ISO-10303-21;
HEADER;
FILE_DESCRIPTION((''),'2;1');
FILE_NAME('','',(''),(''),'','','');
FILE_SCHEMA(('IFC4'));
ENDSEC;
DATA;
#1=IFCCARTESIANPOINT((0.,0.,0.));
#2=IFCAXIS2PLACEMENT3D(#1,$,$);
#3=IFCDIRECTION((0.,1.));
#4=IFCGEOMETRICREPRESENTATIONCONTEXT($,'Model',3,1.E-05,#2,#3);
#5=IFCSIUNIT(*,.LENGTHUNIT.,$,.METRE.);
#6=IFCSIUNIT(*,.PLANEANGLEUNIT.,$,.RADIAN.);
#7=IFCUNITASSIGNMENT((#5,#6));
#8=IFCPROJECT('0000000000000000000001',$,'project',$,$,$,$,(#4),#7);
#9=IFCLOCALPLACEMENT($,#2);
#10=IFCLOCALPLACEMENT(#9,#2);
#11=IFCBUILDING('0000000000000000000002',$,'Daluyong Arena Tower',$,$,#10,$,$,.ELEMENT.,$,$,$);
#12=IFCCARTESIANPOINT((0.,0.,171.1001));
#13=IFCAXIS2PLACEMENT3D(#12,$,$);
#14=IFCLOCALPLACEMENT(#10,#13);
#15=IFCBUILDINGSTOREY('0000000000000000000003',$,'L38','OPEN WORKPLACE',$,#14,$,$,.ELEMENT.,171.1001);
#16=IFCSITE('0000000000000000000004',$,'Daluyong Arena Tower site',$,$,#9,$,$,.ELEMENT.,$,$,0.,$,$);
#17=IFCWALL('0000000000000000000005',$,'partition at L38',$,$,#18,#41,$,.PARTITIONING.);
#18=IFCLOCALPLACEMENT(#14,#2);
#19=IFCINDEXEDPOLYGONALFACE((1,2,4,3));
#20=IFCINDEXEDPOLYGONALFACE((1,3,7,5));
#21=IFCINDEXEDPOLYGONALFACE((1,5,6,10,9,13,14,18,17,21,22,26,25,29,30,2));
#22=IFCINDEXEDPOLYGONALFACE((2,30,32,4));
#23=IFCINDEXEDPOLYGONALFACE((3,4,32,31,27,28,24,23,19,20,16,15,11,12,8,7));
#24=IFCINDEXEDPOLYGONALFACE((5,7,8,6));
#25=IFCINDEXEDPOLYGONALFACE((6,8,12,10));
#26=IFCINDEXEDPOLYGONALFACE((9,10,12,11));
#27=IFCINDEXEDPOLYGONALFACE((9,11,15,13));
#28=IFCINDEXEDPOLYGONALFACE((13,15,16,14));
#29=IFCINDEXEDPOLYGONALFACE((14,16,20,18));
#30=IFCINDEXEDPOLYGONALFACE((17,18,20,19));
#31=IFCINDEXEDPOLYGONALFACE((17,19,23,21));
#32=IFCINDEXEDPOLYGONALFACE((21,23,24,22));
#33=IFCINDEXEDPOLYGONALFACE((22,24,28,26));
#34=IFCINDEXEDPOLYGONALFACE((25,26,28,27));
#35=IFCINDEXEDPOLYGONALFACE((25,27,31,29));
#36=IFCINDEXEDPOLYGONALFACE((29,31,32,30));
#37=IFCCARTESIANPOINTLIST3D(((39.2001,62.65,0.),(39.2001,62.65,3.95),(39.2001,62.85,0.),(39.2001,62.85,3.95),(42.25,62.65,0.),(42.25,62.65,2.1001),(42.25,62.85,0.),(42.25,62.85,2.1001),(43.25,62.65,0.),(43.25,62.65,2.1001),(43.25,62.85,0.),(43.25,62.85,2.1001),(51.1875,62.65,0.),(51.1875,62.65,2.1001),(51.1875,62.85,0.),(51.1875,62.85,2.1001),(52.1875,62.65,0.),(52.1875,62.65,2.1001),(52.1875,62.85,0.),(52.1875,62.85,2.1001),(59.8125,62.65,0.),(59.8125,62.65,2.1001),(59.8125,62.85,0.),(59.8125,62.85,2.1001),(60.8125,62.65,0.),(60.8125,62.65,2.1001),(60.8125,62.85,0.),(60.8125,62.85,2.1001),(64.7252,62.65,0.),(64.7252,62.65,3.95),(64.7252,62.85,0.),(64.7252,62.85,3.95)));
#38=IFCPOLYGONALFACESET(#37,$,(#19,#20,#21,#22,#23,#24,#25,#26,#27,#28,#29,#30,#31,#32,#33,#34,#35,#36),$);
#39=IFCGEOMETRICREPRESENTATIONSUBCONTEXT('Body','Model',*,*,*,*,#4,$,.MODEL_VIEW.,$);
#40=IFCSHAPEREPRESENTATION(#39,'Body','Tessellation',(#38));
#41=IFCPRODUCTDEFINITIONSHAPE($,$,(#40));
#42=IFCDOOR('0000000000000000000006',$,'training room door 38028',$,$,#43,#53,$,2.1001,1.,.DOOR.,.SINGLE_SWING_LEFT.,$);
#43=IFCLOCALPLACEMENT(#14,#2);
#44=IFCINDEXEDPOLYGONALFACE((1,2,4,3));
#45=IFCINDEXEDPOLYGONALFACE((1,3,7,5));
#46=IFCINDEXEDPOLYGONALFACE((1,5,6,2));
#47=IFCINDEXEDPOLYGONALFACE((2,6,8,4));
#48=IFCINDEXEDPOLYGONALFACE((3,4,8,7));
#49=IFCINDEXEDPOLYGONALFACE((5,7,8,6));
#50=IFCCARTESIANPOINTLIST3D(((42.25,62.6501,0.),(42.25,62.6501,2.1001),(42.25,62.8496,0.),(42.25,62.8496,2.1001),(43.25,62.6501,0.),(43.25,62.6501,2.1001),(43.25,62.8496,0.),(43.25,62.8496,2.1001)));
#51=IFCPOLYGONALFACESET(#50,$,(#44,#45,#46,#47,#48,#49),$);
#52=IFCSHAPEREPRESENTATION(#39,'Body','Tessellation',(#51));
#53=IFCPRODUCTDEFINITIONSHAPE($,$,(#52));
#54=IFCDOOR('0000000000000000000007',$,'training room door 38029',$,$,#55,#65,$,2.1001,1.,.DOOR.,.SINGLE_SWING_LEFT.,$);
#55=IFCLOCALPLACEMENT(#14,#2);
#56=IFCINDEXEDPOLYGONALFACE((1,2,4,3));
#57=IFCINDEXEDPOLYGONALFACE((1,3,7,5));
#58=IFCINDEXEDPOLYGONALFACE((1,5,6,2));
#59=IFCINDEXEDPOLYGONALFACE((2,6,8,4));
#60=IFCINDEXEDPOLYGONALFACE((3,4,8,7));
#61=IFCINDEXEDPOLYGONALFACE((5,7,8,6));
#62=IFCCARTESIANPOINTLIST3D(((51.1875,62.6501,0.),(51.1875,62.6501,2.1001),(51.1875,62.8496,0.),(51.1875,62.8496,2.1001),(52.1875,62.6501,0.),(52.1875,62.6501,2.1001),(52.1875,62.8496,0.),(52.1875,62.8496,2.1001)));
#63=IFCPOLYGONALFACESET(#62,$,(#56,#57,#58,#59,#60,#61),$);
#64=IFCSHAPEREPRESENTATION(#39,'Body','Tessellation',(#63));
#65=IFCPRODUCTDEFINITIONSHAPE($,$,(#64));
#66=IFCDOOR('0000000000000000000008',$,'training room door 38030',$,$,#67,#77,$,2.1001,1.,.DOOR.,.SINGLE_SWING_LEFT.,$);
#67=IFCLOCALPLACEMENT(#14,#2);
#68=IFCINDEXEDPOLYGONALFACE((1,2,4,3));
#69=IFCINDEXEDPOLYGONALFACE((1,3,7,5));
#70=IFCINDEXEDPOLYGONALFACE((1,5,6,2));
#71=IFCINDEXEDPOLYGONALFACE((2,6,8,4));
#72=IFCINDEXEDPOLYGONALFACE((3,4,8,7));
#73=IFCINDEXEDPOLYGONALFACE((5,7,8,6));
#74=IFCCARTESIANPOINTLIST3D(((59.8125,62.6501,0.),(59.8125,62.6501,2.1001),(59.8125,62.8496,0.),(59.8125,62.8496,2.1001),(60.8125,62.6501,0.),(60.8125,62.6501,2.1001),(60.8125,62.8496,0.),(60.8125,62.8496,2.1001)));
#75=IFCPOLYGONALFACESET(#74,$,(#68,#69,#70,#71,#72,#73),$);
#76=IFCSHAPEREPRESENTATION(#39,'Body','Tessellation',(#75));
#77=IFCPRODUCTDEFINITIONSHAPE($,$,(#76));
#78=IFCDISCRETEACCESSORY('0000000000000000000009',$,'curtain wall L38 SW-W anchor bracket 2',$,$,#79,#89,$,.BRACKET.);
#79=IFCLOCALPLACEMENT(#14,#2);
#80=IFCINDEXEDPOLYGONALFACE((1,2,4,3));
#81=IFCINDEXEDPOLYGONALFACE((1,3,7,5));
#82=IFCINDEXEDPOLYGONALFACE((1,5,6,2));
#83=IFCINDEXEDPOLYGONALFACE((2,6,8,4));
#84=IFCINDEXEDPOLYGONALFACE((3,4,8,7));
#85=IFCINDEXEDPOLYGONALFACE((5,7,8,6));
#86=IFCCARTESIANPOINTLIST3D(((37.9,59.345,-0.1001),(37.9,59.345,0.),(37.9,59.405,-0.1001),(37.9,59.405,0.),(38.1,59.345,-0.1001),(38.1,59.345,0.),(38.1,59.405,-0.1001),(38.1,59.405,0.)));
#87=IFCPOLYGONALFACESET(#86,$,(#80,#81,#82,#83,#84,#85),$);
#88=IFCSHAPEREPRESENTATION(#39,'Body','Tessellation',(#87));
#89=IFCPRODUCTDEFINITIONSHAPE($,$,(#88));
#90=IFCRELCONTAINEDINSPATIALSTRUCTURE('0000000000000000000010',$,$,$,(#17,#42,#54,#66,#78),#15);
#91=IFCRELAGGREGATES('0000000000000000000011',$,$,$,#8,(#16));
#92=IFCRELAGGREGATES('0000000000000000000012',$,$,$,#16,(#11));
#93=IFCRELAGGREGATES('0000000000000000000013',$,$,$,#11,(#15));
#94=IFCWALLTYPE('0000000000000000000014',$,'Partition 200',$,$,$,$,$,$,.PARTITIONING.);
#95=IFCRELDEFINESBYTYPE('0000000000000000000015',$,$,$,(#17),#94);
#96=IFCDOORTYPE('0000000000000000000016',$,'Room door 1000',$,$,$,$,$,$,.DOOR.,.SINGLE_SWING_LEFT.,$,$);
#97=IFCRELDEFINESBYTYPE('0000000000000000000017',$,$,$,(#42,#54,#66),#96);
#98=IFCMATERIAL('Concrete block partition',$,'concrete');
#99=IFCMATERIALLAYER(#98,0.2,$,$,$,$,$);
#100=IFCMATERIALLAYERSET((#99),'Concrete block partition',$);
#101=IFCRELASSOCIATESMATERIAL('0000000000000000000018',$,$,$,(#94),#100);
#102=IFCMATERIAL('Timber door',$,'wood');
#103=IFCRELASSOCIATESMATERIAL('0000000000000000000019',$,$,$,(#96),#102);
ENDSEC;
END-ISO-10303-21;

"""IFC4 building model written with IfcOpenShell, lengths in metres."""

from ifc_helpers import new_model, si_unit, direction, frame, frame_2d, origin, origin_2d, place, context, subcontext, project, spatial, rectangle, extrude, material, layer, layer_set, type_object, element, fill, save


model = new_model("IFC4")

# Units and contexts
model_context = context("Model", 3, precision=1e-05, world=origin(), true_north=direction((0.0, 1.0)))
body_context = subcontext(model_context, "Body", "Model", "MODEL_VIEW")
ifc_project = project(units=[si_unit("LENGTHUNIT", "METRE"), si_unit("PLANEANGLEUNIT", "RADIAN")], contexts=[model_context])

# Site, building, storey
site_placement = place(None, origin())
site = spatial("IfcSite", under=ifc_project, at=site_placement, Name="Daluyong Arena Tower site", CompositionType="ELEMENT", RefElevation=0.0)
building_placement = place(site_placement, origin())
building = spatial("IfcBuilding", under=site, at=building_placement, Name="Daluyong Arena Tower", CompositionType="ELEMENT")
storey_placement = place(building_placement, frame((0.0, 0.0, 171.1001)))
storey = spatial("IfcBuildingStorey", under=building, at=storey_placement, Name="L38", Description="OPEN WORKPLACE", CompositionType="ELEMENT", Elevation=171.1001)

# Shared definitions
ifc_material_1 = material(Name="Concrete block partition", Category="concrete")
ifc_layer_1 = layer(ifc_material_1, 0.2)
ifc_layer_set_1 = layer_set([ifc_layer_1], Name="Concrete block partition")
wall_type_1 = type_object("IfcWallType", Name="Partition 200", PredefinedType="PARTITIONING", material=ifc_layer_set_1)

# Wall, openings, doors
wall_1_placement = place(storey_placement, frame((39.2, 62.75, 0.0), z_axis=(0.0, 0.0, 1.0), x_axis=(1.0, 0.0, 0.0)))
wall_1 = element("IfcWall", 1, at=wall_1_placement, inside=storey, type_object=wall_type_1, Name="partition at L38", PredefinedType="PARTITIONING", context=body_context, shape_type="SweptSolid", body=[
    extrude(rectangle(XDim=25.5251, YDim=0.2, at=frame_2d((12.7627, 0.0))), origin(), (0.0, 0.0, 1.0), 3.95),
])
opening_1_placement = place(wall_1_placement, frame((3.05, 0.0, 0.0)))
opening_1 = element("IfcOpeningElement", 2, at=opening_1_placement, cuts=wall_1, PredefinedType="OPENING", context=body_context, shape_type="SweptSolid", body=[
    extrude(rectangle(XDim=1.0, YDim=2.1001, at=frame_2d((0.5, 1.05))), frame((0.0, 0.1099, 0.0), z_axis=(0.0, -1.0, 0.0), x_axis=(1.0, 0.0, 0.0)), (0.0, 0.0, 1.0), 0.22),
])
opening_2_placement = place(wall_1_placement, frame((11.9875, 0.0, 0.0)))
opening_2 = element("IfcOpeningElement", 3, at=opening_2_placement, cuts=wall_1, PredefinedType="OPENING", context=body_context, shape_type="SweptSolid", body=[
    extrude(rectangle(XDim=1.0, YDim=2.1001, at=frame_2d((0.5, 1.05))), frame((0.0, 0.1099, 0.0), z_axis=(0.0, -1.0, 0.0), x_axis=(1.0, 0.0, 0.0)), (0.0, 0.0, 1.0), 0.22),
])
opening_3_placement = place(wall_1_placement, frame((20.6125, 0.0, 0.0)))
opening_3 = element("IfcOpeningElement", 4, at=opening_3_placement, cuts=wall_1, PredefinedType="OPENING", context=body_context, shape_type="SweptSolid", body=[
    extrude(rectangle(XDim=1.0, YDim=2.1001, at=frame_2d((0.5, 1.05))), frame((0.0, 0.1099, 0.0), z_axis=(0.0, -1.0, 0.0), x_axis=(1.0, 0.0, 0.0)), (0.0, 0.0, 1.0), 0.22),
])
ifc_material_2 = material(Name="Timber door", Category="wood")
door_type_1 = type_object("IfcDoorType", Name="Room door 1000", OperationType="SINGLE_SWING_LEFT", PredefinedType="DOOR", material=ifc_material_2)
door_1_placement = place(opening_1_placement, origin())
door_1 = element("IfcDoor", 5, at=door_1_placement, inside=storey, type_object=door_type_1, Name="training room door 38028", OperationType="SINGLE_SWING_LEFT", OverallHeight=2.1001, OverallWidth=1.0, PredefinedType="DOOR", context=body_context, shape_type="SweptSolid", body=[
    extrude(rectangle(XDim=1.0, YDim=2.1001, at=frame_2d((0.5, 1.05))), frame((0.0, 0.0996, 0.0), z_axis=(0.0, -1.0, 0.0), x_axis=(1.0, 0.0, 0.0)), (0.0, 0.0, 1.0), 0.1995),
])
fill(opening_1, door_1)
door_2_placement = place(opening_2_placement, origin())
door_2 = element("IfcDoor", 6, at=door_2_placement, inside=storey, type_object=door_type_1, Name="training room door 38029", OperationType="SINGLE_SWING_LEFT", OverallHeight=2.1001, OverallWidth=1.0, PredefinedType="DOOR", context=body_context, shape_type="SweptSolid", body=[
    extrude(rectangle(XDim=1.0, YDim=2.1001, at=frame_2d((0.5, 1.05))), frame((0.0, 0.0996, 0.0), z_axis=(0.0, -1.0, 0.0), x_axis=(1.0, 0.0, 0.0)), (0.0, 0.0, 1.0), 0.1995),
])
fill(opening_2, door_2)
door_3_placement = place(opening_3_placement, origin())
door_3 = element("IfcDoor", 7, at=door_3_placement, inside=storey, type_object=door_type_1, Name="training room door 38030", OperationType="SINGLE_SWING_LEFT", OverallHeight=2.1001, OverallWidth=1.0, PredefinedType="DOOR", context=body_context, shape_type="SweptSolid", body=[
    extrude(rectangle(XDim=1.0, YDim=2.1001, at=frame_2d((0.5, 1.05))), frame((0.0, 0.0996, 0.0), z_axis=(0.0, -1.0, 0.0), x_axis=(1.0, 0.0, 0.0)), (0.0, 0.0, 1.0), 0.1995),
])
fill(opening_3, door_3)

# Discrete accessory
discrete_accessory_placement = place(storey_placement, frame((38.0, 59.375, -0.1001), z_axis=(0.0, 0.0, 1.0), x_axis=(0.0, -1.0, 0.0)))
element("IfcDiscreteAccessory", 8, at=discrete_accessory_placement, inside=storey, Name="curtain wall L38 SW-W anchor bracket 2", PredefinedType="BRACKET", context=body_context, shape_type="SweptSolid", body=[
    extrude(rectangle(XDim=0.0601, YDim=0.2, at=origin_2d()), origin(), (0.0, 0.0, 1.0), 0.1001),
])

save(model, "model.ifc")
